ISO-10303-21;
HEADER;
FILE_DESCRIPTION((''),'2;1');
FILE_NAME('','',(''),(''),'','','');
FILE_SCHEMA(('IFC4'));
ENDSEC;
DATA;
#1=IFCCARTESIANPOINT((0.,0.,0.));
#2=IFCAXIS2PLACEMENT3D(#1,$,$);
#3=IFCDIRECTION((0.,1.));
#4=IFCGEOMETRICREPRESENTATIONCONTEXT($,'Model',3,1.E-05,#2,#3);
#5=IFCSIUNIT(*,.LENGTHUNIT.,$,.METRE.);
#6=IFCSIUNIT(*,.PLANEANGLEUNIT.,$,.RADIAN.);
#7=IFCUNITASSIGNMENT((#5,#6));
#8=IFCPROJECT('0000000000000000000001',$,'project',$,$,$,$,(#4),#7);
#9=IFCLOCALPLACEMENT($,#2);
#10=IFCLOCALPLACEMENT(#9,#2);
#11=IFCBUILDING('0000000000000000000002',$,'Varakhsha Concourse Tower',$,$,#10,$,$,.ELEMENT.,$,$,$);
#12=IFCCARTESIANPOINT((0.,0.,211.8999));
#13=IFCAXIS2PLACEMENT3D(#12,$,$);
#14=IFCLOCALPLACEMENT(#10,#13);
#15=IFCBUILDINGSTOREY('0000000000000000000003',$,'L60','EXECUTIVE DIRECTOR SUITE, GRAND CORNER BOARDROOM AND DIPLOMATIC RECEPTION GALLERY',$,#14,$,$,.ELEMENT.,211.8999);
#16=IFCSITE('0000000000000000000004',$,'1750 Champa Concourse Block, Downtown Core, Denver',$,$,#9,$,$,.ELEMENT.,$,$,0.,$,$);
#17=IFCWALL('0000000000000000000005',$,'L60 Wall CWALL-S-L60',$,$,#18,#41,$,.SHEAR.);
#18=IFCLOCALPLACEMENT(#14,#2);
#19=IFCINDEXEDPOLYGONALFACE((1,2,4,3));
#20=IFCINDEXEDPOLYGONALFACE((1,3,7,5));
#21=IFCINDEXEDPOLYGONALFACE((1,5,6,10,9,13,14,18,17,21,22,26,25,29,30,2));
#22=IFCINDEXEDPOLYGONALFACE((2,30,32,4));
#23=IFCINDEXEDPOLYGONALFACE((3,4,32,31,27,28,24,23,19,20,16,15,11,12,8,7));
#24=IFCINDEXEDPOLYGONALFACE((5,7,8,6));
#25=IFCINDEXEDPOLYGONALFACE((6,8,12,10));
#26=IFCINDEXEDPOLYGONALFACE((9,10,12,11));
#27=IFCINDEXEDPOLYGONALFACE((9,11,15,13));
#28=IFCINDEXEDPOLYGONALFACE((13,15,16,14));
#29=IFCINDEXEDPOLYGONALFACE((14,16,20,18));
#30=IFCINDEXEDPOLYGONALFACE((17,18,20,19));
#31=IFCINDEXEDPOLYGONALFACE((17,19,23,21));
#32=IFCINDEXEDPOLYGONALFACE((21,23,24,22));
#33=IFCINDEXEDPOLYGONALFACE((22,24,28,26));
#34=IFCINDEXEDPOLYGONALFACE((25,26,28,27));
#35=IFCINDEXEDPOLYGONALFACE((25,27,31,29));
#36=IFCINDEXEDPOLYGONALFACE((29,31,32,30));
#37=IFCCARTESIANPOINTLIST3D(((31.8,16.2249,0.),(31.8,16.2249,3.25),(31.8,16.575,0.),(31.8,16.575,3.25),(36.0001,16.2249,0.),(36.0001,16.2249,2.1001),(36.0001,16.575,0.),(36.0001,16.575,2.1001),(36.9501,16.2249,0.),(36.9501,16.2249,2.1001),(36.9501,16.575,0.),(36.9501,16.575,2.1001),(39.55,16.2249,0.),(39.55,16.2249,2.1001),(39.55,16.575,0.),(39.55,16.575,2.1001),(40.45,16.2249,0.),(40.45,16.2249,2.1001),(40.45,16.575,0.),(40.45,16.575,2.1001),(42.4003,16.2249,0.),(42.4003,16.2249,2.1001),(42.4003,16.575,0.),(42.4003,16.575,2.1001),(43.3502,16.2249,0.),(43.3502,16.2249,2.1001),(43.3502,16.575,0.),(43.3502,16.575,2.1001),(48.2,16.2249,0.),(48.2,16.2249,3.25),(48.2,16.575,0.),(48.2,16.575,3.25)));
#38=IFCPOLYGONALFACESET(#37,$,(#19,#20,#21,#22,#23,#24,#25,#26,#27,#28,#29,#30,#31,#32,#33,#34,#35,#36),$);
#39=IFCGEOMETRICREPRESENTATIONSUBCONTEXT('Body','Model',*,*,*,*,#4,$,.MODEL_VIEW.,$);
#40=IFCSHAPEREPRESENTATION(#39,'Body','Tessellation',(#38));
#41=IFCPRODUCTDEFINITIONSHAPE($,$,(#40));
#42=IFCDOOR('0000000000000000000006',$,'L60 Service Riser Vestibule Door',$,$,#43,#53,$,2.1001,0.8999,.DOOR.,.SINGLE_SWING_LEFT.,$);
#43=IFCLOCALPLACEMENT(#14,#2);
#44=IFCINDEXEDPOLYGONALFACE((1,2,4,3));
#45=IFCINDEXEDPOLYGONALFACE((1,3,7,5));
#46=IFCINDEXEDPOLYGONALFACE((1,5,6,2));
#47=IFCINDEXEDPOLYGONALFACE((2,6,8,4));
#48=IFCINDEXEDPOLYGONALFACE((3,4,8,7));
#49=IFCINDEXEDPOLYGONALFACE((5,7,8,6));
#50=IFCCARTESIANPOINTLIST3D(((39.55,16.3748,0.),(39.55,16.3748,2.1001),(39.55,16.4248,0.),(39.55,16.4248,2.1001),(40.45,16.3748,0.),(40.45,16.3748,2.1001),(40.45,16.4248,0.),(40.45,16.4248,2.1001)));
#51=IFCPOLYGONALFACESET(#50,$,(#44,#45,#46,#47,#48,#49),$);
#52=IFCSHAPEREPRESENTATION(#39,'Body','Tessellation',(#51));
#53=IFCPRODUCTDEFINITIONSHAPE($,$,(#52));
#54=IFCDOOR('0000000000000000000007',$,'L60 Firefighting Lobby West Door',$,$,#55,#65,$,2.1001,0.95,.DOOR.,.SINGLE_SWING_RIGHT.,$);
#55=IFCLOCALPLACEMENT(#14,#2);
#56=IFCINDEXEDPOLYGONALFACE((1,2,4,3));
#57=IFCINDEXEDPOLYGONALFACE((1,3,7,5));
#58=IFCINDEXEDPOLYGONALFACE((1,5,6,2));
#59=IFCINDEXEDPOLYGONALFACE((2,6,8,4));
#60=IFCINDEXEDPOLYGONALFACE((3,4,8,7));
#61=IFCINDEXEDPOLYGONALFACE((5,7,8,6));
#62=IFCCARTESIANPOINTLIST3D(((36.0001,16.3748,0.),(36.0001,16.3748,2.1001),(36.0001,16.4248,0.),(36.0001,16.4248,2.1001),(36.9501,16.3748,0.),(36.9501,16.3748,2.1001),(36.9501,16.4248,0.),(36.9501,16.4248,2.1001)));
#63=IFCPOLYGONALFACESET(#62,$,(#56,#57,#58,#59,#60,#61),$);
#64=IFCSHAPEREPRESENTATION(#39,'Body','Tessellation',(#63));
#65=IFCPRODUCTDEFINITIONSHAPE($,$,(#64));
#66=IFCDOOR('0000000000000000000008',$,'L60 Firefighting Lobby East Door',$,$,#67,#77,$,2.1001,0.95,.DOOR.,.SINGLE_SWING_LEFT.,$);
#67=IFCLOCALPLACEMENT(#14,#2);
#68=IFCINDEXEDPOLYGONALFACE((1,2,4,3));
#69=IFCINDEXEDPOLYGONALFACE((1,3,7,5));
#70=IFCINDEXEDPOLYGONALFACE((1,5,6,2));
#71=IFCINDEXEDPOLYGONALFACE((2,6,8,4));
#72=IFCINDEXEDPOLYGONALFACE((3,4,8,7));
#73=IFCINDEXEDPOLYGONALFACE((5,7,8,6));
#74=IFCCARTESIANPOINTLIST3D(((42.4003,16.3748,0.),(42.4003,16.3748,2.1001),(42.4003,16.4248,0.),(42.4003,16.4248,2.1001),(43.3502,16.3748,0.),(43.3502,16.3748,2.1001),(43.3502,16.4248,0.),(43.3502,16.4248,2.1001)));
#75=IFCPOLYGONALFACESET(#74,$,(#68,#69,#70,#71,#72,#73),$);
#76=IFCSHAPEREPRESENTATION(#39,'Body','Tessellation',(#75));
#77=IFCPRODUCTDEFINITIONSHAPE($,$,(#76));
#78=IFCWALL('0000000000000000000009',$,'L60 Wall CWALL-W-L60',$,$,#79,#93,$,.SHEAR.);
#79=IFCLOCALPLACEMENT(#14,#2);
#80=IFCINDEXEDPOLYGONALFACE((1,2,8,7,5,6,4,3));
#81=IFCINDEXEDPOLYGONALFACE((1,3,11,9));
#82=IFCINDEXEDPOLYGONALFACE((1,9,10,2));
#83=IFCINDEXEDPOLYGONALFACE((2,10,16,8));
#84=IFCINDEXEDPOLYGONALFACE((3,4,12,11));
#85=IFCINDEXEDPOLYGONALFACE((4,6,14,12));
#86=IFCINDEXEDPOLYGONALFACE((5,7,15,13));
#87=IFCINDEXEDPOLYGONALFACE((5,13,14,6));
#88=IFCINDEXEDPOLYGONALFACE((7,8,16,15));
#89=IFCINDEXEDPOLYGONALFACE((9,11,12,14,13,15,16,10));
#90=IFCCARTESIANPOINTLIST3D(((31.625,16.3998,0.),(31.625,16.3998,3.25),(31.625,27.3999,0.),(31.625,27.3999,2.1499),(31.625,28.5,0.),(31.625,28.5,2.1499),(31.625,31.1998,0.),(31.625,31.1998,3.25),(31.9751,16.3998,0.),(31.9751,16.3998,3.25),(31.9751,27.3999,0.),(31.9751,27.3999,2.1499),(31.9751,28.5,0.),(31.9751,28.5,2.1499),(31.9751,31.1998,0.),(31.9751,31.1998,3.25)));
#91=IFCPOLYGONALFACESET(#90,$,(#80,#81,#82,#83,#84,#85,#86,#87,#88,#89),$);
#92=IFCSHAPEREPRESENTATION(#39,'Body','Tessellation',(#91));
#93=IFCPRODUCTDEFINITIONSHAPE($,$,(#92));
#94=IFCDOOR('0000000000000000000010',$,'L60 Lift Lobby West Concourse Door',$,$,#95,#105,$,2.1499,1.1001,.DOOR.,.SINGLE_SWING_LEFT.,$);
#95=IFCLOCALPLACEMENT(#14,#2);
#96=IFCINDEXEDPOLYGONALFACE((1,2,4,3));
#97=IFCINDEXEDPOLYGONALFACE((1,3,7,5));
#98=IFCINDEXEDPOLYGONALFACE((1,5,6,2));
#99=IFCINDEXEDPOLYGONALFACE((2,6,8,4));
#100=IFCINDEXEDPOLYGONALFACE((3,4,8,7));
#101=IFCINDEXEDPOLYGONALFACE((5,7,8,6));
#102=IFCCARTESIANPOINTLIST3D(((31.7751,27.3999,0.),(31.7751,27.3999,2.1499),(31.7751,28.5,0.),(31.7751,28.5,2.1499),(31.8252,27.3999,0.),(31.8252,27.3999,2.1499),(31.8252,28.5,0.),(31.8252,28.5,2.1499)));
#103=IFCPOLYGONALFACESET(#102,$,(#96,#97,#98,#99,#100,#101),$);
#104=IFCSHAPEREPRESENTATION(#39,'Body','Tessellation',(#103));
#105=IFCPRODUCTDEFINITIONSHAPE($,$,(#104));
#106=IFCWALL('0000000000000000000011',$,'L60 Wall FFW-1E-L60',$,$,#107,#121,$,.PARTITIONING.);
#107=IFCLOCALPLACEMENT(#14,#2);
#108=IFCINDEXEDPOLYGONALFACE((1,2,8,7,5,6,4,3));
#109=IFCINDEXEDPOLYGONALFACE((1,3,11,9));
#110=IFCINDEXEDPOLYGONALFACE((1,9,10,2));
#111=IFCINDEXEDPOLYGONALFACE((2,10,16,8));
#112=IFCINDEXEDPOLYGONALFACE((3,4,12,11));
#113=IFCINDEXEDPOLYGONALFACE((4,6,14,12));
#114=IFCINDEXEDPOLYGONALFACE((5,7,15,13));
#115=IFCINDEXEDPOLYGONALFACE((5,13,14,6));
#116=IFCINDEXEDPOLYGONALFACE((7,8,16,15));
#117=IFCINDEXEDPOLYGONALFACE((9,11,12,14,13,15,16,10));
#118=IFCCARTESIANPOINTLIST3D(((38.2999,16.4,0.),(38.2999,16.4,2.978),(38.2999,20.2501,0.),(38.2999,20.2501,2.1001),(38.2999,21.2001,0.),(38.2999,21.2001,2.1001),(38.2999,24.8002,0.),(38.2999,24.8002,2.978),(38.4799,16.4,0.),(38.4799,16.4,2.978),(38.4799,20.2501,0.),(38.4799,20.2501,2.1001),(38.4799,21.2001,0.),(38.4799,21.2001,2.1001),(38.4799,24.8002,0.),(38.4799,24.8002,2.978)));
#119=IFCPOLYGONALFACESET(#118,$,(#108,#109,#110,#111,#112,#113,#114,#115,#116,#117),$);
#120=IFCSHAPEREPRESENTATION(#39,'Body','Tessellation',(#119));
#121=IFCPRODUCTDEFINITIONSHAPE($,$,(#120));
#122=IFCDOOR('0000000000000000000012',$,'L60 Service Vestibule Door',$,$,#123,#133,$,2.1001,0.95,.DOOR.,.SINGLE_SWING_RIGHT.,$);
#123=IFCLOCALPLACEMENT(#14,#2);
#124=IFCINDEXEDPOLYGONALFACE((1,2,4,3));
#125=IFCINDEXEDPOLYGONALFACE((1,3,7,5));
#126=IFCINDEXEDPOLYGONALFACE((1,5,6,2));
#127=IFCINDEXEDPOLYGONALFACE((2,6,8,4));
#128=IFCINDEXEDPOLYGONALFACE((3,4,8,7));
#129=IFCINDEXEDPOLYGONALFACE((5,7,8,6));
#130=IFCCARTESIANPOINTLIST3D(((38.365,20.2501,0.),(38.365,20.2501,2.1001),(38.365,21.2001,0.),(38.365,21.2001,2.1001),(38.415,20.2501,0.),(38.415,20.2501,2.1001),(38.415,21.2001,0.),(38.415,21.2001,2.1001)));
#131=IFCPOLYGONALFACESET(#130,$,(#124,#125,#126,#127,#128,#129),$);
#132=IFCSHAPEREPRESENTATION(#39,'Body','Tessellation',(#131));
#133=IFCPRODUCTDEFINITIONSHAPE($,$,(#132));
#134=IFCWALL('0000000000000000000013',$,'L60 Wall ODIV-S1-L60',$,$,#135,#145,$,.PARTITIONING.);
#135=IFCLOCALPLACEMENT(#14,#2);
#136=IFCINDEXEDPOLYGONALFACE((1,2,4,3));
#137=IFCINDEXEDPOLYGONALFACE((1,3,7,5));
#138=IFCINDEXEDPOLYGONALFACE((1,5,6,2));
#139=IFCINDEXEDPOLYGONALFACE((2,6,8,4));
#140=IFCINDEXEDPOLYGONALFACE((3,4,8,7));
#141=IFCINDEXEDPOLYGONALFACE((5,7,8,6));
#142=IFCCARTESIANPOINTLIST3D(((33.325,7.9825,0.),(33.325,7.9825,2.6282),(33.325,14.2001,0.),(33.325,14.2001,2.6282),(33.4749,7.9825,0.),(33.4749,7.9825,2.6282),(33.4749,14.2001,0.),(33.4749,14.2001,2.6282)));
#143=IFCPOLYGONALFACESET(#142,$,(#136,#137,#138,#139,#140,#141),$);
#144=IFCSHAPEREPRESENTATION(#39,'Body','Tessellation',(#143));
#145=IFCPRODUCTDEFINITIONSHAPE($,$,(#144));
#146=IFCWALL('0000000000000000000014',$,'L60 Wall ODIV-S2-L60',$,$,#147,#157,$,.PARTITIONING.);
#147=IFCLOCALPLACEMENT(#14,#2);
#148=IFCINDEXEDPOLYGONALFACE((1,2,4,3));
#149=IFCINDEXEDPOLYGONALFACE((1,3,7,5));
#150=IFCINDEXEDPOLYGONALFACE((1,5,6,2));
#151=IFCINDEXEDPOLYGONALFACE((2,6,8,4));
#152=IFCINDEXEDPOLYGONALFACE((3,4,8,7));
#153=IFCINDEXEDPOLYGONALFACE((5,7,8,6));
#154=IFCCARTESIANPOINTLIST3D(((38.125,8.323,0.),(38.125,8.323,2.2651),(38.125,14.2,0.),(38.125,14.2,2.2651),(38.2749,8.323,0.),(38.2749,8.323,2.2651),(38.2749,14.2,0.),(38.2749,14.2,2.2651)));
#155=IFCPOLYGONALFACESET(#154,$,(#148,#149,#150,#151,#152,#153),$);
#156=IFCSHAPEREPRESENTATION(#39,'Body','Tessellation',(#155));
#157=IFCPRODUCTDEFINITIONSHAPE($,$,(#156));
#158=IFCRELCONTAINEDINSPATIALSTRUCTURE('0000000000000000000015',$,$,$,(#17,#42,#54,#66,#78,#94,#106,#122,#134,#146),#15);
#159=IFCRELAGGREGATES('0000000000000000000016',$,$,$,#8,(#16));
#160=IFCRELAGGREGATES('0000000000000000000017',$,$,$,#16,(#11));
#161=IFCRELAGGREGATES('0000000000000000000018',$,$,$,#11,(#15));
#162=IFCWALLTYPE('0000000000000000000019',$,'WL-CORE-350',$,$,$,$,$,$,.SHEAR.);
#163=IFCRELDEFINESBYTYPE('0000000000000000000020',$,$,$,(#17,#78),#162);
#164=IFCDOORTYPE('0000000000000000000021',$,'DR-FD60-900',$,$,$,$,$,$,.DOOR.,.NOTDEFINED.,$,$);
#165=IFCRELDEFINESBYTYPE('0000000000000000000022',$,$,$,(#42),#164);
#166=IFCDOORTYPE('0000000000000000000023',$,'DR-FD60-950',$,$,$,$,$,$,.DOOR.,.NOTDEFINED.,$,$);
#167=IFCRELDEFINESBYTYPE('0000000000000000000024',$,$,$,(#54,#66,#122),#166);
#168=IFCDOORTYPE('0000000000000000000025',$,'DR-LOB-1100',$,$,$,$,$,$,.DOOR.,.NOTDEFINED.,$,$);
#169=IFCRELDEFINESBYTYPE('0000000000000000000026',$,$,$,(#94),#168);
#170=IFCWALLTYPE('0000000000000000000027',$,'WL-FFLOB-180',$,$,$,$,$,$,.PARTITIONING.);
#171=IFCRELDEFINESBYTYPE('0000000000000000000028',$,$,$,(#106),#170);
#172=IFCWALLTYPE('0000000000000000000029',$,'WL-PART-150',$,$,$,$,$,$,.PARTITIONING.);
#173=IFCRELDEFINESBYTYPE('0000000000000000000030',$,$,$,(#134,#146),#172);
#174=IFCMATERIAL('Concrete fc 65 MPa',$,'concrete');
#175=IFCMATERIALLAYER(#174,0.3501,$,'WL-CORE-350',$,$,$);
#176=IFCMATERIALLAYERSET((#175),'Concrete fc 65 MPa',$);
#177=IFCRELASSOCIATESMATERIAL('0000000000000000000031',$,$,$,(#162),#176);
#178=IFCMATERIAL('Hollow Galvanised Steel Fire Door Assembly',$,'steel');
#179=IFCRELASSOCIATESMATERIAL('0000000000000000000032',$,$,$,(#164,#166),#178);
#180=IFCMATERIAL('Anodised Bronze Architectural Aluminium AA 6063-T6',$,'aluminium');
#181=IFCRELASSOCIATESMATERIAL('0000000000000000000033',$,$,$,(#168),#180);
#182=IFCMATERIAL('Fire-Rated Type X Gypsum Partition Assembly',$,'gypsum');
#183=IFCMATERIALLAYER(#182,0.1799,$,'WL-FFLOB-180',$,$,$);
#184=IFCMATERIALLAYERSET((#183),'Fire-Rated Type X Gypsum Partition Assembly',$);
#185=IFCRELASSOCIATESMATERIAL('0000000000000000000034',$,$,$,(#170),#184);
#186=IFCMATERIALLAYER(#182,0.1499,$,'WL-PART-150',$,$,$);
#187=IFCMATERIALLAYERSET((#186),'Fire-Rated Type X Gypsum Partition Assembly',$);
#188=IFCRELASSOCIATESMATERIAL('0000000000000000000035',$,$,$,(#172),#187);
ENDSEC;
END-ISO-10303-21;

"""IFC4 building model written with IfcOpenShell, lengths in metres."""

from ifc_helpers import new_model, si_unit, direction, frame, frame_2d, origin, place, context, subcontext, project, spatial, rectangle, extrude, material, layer, layer_set, type_object, element, fill, save


model = new_model("IFC4")

# Units and contexts
model_context = context("Model", 3, precision=1e-05, world=origin(), true_north=direction((0.0, 1.0)))
body_context = subcontext(model_context, "Body", "Model", "MODEL_VIEW")
ifc_project = project(units=[si_unit("LENGTHUNIT", "METRE"), si_unit("PLANEANGLEUNIT", "RADIAN")], contexts=[model_context])

# Site, building, storey
site_placement = place(None, origin())
site = spatial("IfcSite", under=ifc_project, at=site_placement, Name="1750 Champa Concourse Block, Downtown Core, Denver", CompositionType="ELEMENT", RefElevation=0.0)
building_placement = place(site_placement, origin())
building = spatial("IfcBuilding", under=site, at=building_placement, Name="Varakhsha Concourse Tower", CompositionType="ELEMENT")
storey_placement = place(building_placement, frame((0.0, 0.0, 211.8999)))
storey = spatial("IfcBuildingStorey", under=building, at=storey_placement, Name="L60", Description="EXECUTIVE DIRECTOR SUITE, GRAND CORNER BOARDROOM AND DIPLOMATIC RECEPTION GALLERY", CompositionType="ELEMENT", Elevation=211.8999)

# Shared definitions
ifc_material_1 = material(Name="Concrete fc 65 MPa", Category="concrete")

# Shared definitions
ifc_material_2 = material(Name="Anodised Bronze Architectural Aluminium AA 6063-T6", Category="aluminium")

# Wall, openings, doors
ifc_layer_1 = layer(ifc_material_1, 0.3501, Name="WL-CORE-350")
ifc_layer_set_1 = layer_set([ifc_layer_1], Name="Concrete fc 65 MPa")
wall_type_1 = type_object("IfcWallType", Name="WL-CORE-350", PredefinedType="SHEAR", material=ifc_layer_set_1)
wall_1_placement = place(storey_placement, frame((31.8, 16.3999, 0.0), z_axis=(0.0, 0.0, 1.0), x_axis=(1.0, 0.0, 0.0)))
wall_1 = element("IfcWall", 1, at=wall_1_placement, inside=storey, type_object=wall_type_1, Name="L60 Wall CWALL-S-L60", PredefinedType="SHEAR", context=body_context, shape_type="SweptSolid", body=[
    extrude(rectangle(XDim=16.3999, YDim=0.3501, at=frame_2d((8.2, 0.0))), origin(), (0.0, 0.0, 1.0), 3.25),
])
opening_1_placement = place(wall_1_placement, frame((7.75, 0.0, 0.0)))
opening_1 = element("IfcOpeningElement", 2, at=opening_1_placement, cuts=wall_1, PredefinedType="OPENING", context=body_context, shape_type="SweptSolid", body=[
    extrude(rectangle(XDim=0.8999, YDim=2.1001, at=frame_2d((0.45, 1.05))), frame((0.0, 0.1851, 0.0), z_axis=(0.0, -1.0, 0.0), x_axis=(1.0, 0.0, 0.0)), (0.0, 0.0, 1.0), 0.3701),
])
opening_2_placement = place(wall_1_placement, frame((4.2, 0.0, 0.0)))
opening_2 = element("IfcOpeningElement", 3, at=opening_2_placement, cuts=wall_1, PredefinedType="OPENING", context=body_context, shape_type="SweptSolid", body=[
    extrude(rectangle(XDim=0.95, YDim=2.1001, at=frame_2d((0.4751, 1.05))), frame((0.0, 0.1851, 0.0), z_axis=(0.0, -1.0, 0.0), x_axis=(1.0, 0.0, 0.0)), (0.0, 0.0, 1.0), 0.3701),
])
opening_3_placement = place(wall_1_placement, frame((10.6001, 0.0, 0.0)))
opening_3 = element("IfcOpeningElement", 4, at=opening_3_placement, cuts=wall_1, PredefinedType="OPENING", context=body_context, shape_type="SweptSolid", body=[
    extrude(rectangle(XDim=0.95, YDim=2.1001, at=frame_2d((0.4751, 1.05))), frame((0.0, 0.1851, 0.0), z_axis=(0.0, -1.0, 0.0), x_axis=(1.0, 0.0, 0.0)), (0.0, 0.0, 1.0), 0.3701),
])
ifc_material_3 = material(Name="Hollow Galvanised Steel Fire Door Assembly", Category="steel")
door_type_1 = type_object("IfcDoorType", Name="DR-FD60-900", OperationType="NOTDEFINED", PredefinedType="DOOR", material=ifc_material_3)
door_1_placement = place(opening_1_placement, origin())
door_1 = element("IfcDoor", 5, at=door_1_placement, inside=storey, type_object=door_type_1, Name="L60 Service Riser Vestibule Door", OperationType="SINGLE_SWING_LEFT", OverallHeight=2.1001, OverallWidth=0.8999, PredefinedType="DOOR", context=body_context, shape_type="SweptSolid", body=[
    extrude(rectangle(XDim=0.8999, YDim=2.1001, at=frame_2d((0.45, 1.05))), frame((0.0, 0.0249, 0.0), z_axis=(0.0, -1.0, 0.0), x_axis=(1.0, 0.0, 0.0)), (0.0, 0.0, 1.0), 0.05),
])
fill(opening_1, door_1)
door_type_2 = type_object("IfcDoorType", Name="DR-FD60-950", OperationType="NOTDEFINED", PredefinedType="DOOR", material=ifc_material_3)
door_2_placement = place(opening_2_placement, origin())
door_2 = element("IfcDoor", 6, at=door_2_placement, inside=storey, type_object=door_type_2, Name="L60 Firefighting Lobby West Door", OperationType="SINGLE_SWING_RIGHT", OverallHeight=2.1001, OverallWidth=0.95, PredefinedType="DOOR", context=body_context, shape_type="SweptSolid", body=[
    extrude(rectangle(XDim=0.95, YDim=2.1001, at=frame_2d((0.4751, 1.05))), frame((0.0, 0.0249, 0.0), z_axis=(0.0, -1.0, 0.0), x_axis=(1.0, 0.0, 0.0)), (0.0, 0.0, 1.0), 0.05),
])
fill(opening_2, door_2)
door_3_placement = place(opening_3_placement, origin())
door_3 = element("IfcDoor", 7, at=door_3_placement, inside=storey, type_object=door_type_2, Name="L60 Firefighting Lobby East Door", OperationType="SINGLE_SWING_LEFT", OverallHeight=2.1001, OverallWidth=0.95, PredefinedType="DOOR", context=body_context, shape_type="SweptSolid", body=[
    extrude(rectangle(XDim=0.95, YDim=2.1001, at=frame_2d((0.4751, 1.05))), frame((0.0, 0.0249, 0.0), z_axis=(0.0, -1.0, 0.0), x_axis=(1.0, 0.0, 0.0)), (0.0, 0.0, 1.0), 0.05),
])
fill(opening_3, door_3)

# Walls, openings, doors
wall_2_placement = place(storey_placement, frame((31.8, 16.3999, 0.0), z_axis=(0.0, 0.0, 1.0), x_axis=(0.0, 1.0, 0.0)))
wall_2 = element("IfcWall", 8, at=wall_2_placement, inside=storey, type_object=wall_type_1, Name="L60 Wall CWALL-W-L60", PredefinedType="SHEAR", context=body_context, shape_type="SweptSolid", body=[
    extrude(rectangle(XDim=14.8, YDim=0.3501, at=frame_2d((7.3999, 0.0))), origin(), (0.0, 0.0, 1.0), 3.25),
])
opening_4_placement = place(wall_2_placement, frame((11.0, 0.0, 0.0)))
opening_4 = element("IfcOpeningElement", 9, at=opening_4_placement, cuts=wall_2, PredefinedType="OPENING", context=body_context, shape_type="SweptSolid", body=[
    extrude(rectangle(XDim=1.1001, YDim=2.1499, at=frame_2d((0.55, 1.075))), frame((0.0, 0.1851, 0.0), z_axis=(0.0, -1.0, 0.0), x_axis=(1.0, 0.0, 0.0)), (0.0, 0.0, 1.0), 0.3701),
])
door_type_3 = type_object("IfcDoorType", Name="DR-LOB-1100", OperationType="NOTDEFINED", PredefinedType="DOOR", material=ifc_material_2)
door_4_placement = place(opening_4_placement, origin())
door_4 = element("IfcDoor", 10, at=door_4_placement, inside=storey, type_object=door_type_3, Name="L60 Lift Lobby West Concourse Door", OperationType="SINGLE_SWING_LEFT", OverallHeight=2.1499, OverallWidth=1.1001, PredefinedType="DOOR", context=body_context, shape_type="SweptSolid", body=[
    extrude(rectangle(XDim=1.1001, YDim=2.1499, at=frame_2d((0.55, 1.075))), frame((0.0, 0.0249, 0.0), z_axis=(0.0, -1.0, 0.0), x_axis=(1.0, 0.0, 0.0)), (0.0, 0.0, 1.0), 0.05),
])
fill(opening_4, door_4)
ifc_material_4 = material(Name="Fire-Rated Type X Gypsum Partition Assembly", Category="gypsum")
ifc_layer_2 = layer(ifc_material_4, 0.1799, Name="WL-FFLOB-180")
ifc_layer_set_2 = layer_set([ifc_layer_2], Name="Fire-Rated Type X Gypsum Partition Assembly")
wall_type_2 = type_object("IfcWallType", Name="WL-FFLOB-180", PredefinedType="PARTITIONING", material=ifc_layer_set_2)
wall_3_placement = place(storey_placement, frame((38.3899, 16.3999, 0.0), z_axis=(0.0, 0.0, 1.0), x_axis=(0.0, 1.0, 0.0)))
wall_3 = element("IfcWall", 11, at=wall_3_placement, inside=storey, type_object=wall_type_2, Name="L60 Wall FFW-1E-L60", PredefinedType="PARTITIONING", context=body_context, shape_type="SweptSolid", body=[
    extrude(rectangle(XDim=8.4001, YDim=0.1799, at=frame_2d((4.2002, 0.0))), origin(), (0.0, 0.0, 1.0), 2.978),
])
opening_5_placement = place(wall_3_placement, frame((3.8501, 0.0, 0.0)))
opening_5 = element("IfcOpeningElement", 12, at=opening_5_placement, cuts=wall_3, PredefinedType="OPENING", context=body_context, shape_type="SweptSolid", body=[
    extrude(rectangle(XDim=0.95, YDim=2.1001, at=frame_2d((0.4751, 1.05))), frame((0.0, 0.0999, 0.0), z_axis=(0.0, -1.0, 0.0), x_axis=(1.0, 0.0, 0.0)), (0.0, 0.0, 1.0), 0.2),
])
door_5_placement = place(opening_5_placement, origin())
door_5 = element("IfcDoor", 13, at=door_5_placement, inside=storey, type_object=door_type_2, Name="L60 Service Vestibule Door", OperationType="SINGLE_SWING_RIGHT", OverallHeight=2.1001, OverallWidth=0.95, PredefinedType="DOOR", context=body_context, shape_type="SweptSolid", body=[
    extrude(rectangle(XDim=0.95, YDim=2.1001, at=frame_2d((0.4751, 1.05))), frame((0.0, 0.0249, 0.0), z_axis=(0.0, -1.0, 0.0), x_axis=(1.0, 0.0, 0.0)), (0.0, 0.0, 1.0), 0.05),
])
fill(opening_5, door_5)

# Walls
ifc_layer_3 = layer(ifc_material_4, 0.1499, Name="WL-PART-150")
ifc_layer_set_3 = layer_set([ifc_layer_3], Name="Fire-Rated Type X Gypsum Partition Assembly")
wall_type_3 = type_object("IfcWallType", Name="WL-PART-150", PredefinedType="PARTITIONING", material=ifc_layer_set_3)
wall_4_placement = place(storey_placement, frame((33.3999, 7.9824, 0.0), z_axis=(0.0, 0.0, 1.0), x_axis=(0.0, 1.0, 0.0)))
element("IfcWall", 14, at=wall_4_placement, inside=storey, type_object=wall_type_3, Name="L60 Wall ODIV-S1-L60", PredefinedType="PARTITIONING", context=body_context, shape_type="SweptSolid", body=[
    extrude(rectangle(XDim=6.2175, YDim=0.1499, at=frame_2d((3.1089, 0.0))), origin(), (0.0, 0.0, 1.0), 2.6282),
])
wall_5_placement = place(storey_placement, frame((38.2, 8.323, 0.0), z_axis=(0.0, 0.0, 1.0), x_axis=(0.0, 1.0, 0.0)))
element("IfcWall", 15, at=wall_5_placement, inside=storey, type_object=wall_type_3, Name="L60 Wall ODIV-S2-L60", PredefinedType="PARTITIONING", context=body_context, shape_type="SweptSolid", body=[
    extrude(rectangle(XDim=5.877, YDim=0.1499, at=frame_2d((2.9385, 0.0))), origin(), (0.0, 0.0, 1.0), 2.2651),
])

save(model, "model.ifc")
